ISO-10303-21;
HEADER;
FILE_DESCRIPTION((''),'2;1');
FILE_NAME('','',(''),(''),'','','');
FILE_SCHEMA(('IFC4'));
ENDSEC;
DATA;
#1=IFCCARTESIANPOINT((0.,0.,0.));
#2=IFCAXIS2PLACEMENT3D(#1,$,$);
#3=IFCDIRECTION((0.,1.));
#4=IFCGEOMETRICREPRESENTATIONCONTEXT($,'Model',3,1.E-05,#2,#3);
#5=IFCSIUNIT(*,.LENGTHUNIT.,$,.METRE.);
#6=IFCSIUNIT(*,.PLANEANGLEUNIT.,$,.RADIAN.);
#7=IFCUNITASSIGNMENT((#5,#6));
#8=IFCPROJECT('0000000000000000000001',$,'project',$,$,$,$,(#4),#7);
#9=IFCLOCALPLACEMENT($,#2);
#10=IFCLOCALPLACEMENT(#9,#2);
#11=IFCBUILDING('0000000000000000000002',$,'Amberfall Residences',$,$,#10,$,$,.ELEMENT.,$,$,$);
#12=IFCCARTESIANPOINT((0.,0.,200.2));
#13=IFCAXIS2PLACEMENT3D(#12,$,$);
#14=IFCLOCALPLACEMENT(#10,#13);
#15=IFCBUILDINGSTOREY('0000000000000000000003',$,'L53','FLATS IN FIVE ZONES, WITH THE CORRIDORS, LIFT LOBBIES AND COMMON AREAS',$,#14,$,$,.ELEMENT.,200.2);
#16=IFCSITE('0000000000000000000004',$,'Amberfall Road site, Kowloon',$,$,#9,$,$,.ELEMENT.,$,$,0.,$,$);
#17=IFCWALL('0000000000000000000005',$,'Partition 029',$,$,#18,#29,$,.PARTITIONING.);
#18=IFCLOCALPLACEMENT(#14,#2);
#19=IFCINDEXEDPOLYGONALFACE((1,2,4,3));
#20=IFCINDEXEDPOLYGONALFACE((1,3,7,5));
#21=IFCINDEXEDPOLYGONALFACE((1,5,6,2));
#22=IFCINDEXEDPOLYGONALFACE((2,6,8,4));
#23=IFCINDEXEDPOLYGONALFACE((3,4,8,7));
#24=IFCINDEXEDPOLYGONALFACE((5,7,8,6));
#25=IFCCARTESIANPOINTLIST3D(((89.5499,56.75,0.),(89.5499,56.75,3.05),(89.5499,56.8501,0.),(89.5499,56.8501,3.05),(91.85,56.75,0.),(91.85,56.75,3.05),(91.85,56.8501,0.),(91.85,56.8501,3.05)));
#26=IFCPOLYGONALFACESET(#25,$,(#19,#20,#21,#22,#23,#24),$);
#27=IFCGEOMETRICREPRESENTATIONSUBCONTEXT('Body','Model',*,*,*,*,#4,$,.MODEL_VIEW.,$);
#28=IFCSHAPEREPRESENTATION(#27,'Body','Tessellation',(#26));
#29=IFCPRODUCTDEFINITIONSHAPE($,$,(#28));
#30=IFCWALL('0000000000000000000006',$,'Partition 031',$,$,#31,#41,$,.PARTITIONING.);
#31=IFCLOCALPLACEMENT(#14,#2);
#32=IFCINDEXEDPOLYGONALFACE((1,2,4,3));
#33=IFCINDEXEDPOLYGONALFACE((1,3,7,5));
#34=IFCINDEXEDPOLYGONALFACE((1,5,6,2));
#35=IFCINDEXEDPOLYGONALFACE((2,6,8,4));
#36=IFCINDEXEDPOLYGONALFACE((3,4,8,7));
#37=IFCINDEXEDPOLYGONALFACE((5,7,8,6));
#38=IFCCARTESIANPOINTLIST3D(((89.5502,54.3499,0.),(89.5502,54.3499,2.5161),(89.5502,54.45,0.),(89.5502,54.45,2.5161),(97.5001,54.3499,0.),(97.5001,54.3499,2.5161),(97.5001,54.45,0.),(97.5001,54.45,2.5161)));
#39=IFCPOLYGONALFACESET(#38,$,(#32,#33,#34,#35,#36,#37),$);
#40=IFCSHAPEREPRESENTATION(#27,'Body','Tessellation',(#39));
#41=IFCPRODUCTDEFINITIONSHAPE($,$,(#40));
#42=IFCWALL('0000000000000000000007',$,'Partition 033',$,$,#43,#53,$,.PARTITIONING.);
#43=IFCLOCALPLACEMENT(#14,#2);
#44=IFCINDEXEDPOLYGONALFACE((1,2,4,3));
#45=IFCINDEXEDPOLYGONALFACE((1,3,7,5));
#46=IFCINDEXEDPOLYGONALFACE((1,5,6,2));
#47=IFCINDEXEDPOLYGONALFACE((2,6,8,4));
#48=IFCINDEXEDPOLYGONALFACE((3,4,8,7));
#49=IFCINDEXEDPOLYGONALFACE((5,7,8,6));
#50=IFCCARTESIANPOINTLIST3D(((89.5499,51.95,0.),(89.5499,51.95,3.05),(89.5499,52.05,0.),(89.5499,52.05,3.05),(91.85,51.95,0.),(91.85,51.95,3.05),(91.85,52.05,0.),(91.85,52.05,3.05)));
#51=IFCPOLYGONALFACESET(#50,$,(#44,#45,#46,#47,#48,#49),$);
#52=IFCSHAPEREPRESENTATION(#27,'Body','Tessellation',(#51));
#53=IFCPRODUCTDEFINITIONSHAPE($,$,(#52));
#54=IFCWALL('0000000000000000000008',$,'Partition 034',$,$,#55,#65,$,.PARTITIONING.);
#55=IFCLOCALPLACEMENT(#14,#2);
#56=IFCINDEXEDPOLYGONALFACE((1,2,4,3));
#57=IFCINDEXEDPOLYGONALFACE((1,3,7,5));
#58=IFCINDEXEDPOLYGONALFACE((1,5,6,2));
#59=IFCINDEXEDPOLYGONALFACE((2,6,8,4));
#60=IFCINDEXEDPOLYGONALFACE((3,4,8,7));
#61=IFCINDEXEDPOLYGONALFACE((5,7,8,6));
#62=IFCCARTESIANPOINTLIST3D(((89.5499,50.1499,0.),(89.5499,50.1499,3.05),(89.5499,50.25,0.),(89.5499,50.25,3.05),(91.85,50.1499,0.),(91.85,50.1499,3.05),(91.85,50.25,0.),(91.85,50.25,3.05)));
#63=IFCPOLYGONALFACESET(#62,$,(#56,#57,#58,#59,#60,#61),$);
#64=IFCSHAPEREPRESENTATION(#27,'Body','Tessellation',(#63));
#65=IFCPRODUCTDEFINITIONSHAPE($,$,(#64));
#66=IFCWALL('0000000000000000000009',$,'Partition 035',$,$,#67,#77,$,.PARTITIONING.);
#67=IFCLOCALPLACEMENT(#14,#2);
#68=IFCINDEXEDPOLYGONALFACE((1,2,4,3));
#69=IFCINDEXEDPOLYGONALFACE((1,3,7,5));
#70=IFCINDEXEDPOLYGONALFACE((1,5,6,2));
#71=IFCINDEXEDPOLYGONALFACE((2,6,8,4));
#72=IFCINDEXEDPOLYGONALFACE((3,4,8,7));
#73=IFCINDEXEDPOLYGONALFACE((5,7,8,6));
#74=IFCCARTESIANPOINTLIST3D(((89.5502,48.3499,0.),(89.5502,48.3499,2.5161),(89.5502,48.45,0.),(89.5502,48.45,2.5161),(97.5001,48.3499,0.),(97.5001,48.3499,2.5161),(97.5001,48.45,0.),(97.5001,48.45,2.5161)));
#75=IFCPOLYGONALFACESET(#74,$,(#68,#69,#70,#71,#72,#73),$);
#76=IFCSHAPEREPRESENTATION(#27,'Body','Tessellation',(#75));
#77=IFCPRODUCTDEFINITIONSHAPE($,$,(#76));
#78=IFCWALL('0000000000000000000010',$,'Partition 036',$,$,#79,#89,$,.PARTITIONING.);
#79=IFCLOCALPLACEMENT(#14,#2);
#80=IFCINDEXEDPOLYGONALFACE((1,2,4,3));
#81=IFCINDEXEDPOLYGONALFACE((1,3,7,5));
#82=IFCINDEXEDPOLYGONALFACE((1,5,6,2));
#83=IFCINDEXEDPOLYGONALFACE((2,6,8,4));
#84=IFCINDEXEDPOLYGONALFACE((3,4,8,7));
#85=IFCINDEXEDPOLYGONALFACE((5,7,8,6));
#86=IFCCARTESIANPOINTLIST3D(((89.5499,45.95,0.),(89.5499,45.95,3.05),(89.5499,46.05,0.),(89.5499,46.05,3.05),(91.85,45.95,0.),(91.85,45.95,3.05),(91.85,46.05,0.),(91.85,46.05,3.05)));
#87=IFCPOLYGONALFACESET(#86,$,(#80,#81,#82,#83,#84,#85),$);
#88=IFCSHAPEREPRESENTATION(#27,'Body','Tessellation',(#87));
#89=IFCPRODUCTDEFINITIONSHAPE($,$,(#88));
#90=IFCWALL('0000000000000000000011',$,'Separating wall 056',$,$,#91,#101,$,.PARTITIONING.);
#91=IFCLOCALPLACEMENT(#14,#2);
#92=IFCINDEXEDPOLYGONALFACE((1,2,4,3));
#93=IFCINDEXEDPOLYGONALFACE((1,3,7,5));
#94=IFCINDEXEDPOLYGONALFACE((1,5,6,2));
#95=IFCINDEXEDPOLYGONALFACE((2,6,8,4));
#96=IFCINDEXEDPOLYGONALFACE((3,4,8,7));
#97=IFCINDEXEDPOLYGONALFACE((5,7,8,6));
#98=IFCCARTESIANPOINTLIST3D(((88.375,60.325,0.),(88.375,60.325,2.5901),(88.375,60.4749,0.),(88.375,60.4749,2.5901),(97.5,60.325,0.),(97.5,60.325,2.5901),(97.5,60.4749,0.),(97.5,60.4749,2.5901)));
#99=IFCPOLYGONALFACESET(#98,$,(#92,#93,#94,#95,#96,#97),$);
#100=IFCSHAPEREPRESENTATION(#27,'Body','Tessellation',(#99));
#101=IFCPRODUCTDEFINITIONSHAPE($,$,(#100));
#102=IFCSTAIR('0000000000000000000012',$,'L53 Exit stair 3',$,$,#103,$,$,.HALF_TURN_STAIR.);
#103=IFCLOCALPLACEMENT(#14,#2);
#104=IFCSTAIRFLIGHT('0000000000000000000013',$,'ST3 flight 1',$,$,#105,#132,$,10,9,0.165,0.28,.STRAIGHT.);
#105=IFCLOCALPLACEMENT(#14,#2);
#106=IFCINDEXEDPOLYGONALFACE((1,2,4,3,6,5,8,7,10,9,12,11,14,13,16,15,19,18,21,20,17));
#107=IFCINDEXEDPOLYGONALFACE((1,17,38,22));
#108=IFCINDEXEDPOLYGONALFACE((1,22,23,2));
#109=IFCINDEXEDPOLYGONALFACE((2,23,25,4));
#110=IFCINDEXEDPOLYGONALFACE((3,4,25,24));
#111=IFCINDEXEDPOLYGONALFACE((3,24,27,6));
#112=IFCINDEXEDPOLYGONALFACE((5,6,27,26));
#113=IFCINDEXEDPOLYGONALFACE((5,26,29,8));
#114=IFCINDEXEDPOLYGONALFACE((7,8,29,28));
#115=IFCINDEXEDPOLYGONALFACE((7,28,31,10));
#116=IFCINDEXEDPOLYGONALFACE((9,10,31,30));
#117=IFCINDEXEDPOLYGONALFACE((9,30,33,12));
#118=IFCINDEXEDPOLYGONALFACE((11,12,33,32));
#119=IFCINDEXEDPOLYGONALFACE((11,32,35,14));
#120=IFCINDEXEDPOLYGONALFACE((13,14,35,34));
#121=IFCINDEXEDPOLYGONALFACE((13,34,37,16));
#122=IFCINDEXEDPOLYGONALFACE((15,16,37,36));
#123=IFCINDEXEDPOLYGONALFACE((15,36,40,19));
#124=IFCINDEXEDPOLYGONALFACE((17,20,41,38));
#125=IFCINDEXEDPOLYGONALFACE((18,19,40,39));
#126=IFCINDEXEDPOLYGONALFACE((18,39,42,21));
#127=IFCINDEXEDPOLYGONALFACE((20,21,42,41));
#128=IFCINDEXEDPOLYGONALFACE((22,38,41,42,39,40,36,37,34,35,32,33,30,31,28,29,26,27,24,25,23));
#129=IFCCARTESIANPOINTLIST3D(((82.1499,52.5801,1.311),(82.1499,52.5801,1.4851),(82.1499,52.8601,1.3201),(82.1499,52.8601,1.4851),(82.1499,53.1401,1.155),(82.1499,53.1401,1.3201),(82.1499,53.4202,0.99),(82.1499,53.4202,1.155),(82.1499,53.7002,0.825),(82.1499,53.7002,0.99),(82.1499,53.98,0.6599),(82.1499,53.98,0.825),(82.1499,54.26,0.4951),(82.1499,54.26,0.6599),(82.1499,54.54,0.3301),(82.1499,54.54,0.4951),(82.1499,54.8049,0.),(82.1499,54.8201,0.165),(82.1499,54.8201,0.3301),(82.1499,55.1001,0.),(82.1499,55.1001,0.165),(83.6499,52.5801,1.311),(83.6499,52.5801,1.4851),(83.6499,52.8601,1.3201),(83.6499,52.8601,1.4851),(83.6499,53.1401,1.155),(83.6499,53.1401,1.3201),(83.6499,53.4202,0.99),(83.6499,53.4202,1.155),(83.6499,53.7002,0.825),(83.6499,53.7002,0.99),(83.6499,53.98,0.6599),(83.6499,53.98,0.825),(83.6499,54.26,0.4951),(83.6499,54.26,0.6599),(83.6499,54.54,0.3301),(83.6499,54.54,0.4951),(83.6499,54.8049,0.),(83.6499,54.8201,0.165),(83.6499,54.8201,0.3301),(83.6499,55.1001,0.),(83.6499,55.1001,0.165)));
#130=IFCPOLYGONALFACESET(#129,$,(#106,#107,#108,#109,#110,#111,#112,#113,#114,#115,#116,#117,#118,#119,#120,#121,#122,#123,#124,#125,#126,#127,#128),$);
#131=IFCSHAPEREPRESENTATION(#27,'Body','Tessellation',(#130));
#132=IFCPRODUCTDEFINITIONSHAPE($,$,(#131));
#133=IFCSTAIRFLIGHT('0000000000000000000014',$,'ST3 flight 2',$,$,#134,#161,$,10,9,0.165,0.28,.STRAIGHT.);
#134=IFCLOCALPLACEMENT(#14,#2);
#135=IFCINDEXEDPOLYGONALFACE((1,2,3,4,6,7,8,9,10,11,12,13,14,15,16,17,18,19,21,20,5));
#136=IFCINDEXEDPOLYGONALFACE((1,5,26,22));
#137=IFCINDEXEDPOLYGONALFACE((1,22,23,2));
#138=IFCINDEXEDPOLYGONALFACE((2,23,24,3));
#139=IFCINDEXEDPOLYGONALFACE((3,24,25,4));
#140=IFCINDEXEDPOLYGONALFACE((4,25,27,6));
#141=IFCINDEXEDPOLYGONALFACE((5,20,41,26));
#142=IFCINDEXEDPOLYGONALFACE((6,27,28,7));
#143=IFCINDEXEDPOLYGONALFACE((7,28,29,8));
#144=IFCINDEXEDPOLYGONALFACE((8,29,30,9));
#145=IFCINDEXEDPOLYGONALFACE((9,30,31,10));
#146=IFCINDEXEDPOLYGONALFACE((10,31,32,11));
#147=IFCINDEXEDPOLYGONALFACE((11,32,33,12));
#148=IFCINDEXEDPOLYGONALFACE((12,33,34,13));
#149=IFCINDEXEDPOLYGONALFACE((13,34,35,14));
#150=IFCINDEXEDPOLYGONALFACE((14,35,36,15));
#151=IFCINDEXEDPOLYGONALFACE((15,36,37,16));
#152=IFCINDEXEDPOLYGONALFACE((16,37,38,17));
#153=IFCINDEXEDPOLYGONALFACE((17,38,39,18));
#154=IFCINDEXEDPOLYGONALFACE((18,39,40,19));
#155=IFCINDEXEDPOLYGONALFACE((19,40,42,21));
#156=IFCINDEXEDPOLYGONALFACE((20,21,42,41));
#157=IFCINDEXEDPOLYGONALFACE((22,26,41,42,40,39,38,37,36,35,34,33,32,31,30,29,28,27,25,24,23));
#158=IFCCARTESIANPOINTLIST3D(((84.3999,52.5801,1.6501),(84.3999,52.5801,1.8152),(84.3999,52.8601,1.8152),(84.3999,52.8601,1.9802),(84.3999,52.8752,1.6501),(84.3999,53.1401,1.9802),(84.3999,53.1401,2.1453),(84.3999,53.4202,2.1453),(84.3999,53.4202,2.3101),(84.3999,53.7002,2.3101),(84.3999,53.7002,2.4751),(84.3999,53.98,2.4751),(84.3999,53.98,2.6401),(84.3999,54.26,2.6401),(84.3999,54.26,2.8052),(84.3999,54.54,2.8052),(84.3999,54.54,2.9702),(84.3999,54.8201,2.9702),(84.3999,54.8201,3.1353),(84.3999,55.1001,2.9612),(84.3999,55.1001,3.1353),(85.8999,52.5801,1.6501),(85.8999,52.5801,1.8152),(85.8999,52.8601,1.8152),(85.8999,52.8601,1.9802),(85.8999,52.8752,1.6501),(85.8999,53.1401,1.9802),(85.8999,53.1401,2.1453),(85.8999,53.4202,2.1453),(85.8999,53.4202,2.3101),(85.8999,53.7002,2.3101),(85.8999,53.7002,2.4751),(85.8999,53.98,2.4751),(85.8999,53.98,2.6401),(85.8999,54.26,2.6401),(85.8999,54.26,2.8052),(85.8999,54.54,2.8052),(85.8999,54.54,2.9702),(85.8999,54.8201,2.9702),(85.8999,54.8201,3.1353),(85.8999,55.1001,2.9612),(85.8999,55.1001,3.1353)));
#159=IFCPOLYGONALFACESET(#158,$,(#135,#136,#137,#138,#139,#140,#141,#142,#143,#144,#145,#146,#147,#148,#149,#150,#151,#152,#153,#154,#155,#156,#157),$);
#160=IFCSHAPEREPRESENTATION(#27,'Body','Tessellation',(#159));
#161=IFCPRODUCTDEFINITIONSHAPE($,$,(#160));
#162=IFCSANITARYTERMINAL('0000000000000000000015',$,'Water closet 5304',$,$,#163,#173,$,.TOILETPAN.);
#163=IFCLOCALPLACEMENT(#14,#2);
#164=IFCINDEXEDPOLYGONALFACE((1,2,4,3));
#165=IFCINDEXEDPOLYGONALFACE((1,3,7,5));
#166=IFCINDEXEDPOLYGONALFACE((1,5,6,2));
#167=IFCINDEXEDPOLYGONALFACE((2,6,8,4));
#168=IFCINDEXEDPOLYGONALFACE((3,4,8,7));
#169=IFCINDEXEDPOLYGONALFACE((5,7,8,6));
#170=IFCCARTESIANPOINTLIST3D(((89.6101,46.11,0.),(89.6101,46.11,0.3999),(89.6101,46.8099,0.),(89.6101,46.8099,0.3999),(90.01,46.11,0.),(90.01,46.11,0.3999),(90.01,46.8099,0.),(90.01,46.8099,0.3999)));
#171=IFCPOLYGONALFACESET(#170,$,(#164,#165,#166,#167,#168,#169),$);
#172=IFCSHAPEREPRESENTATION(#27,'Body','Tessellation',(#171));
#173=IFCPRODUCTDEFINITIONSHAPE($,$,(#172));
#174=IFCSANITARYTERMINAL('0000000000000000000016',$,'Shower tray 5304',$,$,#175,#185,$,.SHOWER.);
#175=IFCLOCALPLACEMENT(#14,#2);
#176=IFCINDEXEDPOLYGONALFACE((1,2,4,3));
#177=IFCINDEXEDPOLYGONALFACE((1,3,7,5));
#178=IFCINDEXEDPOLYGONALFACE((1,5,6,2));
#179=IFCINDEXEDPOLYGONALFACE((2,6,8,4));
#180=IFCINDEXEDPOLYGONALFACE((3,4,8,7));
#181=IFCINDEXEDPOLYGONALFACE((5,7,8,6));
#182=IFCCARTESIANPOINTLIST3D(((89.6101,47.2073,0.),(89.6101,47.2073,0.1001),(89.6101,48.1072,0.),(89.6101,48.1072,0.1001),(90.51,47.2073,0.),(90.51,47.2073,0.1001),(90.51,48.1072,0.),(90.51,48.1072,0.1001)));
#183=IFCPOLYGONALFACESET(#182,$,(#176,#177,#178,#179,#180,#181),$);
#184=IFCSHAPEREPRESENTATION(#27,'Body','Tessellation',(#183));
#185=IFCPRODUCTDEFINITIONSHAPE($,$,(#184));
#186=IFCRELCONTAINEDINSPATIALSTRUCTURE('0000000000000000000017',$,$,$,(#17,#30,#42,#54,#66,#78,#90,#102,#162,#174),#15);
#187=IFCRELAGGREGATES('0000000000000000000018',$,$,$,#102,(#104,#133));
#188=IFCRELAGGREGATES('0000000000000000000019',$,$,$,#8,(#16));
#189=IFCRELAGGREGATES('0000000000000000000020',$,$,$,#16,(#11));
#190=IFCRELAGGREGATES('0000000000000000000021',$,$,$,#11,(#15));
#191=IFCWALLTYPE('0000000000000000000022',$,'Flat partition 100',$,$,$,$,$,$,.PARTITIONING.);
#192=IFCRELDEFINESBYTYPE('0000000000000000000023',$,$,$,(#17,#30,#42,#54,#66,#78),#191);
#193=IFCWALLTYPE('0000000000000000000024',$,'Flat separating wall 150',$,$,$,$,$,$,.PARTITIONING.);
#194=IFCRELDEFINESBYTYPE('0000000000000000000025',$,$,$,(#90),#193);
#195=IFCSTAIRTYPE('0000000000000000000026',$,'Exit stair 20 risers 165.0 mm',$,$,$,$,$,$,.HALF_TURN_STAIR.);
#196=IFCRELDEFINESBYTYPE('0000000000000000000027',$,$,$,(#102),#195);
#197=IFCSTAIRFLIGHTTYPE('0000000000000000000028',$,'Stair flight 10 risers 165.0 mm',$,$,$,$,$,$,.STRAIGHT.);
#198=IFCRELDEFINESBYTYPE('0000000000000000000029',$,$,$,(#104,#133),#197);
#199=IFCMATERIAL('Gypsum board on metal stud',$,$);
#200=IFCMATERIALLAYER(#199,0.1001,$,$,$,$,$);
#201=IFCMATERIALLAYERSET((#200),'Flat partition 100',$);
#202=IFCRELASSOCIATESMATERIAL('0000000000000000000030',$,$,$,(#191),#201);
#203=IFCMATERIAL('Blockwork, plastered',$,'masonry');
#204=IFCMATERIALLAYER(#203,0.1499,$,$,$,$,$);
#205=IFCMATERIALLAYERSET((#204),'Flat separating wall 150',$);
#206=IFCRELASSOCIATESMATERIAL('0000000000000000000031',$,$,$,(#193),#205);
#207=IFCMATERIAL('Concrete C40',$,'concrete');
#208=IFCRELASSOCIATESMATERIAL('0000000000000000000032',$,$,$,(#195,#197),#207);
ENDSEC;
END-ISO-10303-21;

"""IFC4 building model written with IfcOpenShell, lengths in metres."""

from ifc_helpers import new_model, si_unit, direction, frame, frame_2d, origin, origin_2d, place, context, subcontext, project, spatial, polyline, rectangle, outline, extrude, material, layer, layer_set, type_object, element, aggregate, save


model = new_model("IFC4")

# Units and contexts
model_context = context("Model", 3, precision=1e-05, world=origin(), true_north=direction((0.0, 1.0)))
body_context = subcontext(model_context, "Body", "Model", "MODEL_VIEW")
ifc_project = project(units=[si_unit("LENGTHUNIT", "METRE"), si_unit("PLANEANGLEUNIT", "RADIAN")], contexts=[model_context])

# Site, building, storey
site_placement = place(None, origin())
site = spatial("IfcSite", under=ifc_project, at=site_placement, Name="Amberfall Road site, Kowloon", CompositionType="ELEMENT", RefElevation=0.0)
building_placement = place(site_placement, origin())
building = spatial("IfcBuilding", under=site, at=building_placement, Name="Amberfall Residences", CompositionType="ELEMENT")
storey_placement = place(building_placement, frame((0.0, 0.0, 200.2)))
storey = spatial("IfcBuildingStorey", under=building, at=storey_placement, Name="L53", Description="FLATS IN FIVE ZONES, WITH THE CORRIDORS, LIFT LOBBIES AND COMMON AREAS", CompositionType="ELEMENT", Elevation=200.2)

# Shared definitions
ifc_material_1 = material(Name="Gypsum board on metal stud")
ifc_layer_1 = layer(ifc_material_1, 0.1001)
ifc_layer_set_1 = layer_set([ifc_layer_1], Name="Flat partition 100")
wall_type_1 = type_object("IfcWallType", Name="Flat partition 100", PredefinedType="PARTITIONING", material=ifc_layer_set_1)

# Walls
wall_1_placement = place(storey_placement, frame((89.55, 56.8, 0.0), z_axis=(0.0, 0.0, 1.0), x_axis=(1.0, 0.0, 0.0)))
element("IfcWall", 1, at=wall_1_placement, inside=storey, type_object=wall_type_1, Name="Partition 029", PredefinedType="PARTITIONING", context=body_context, shape_type="SweptSolid", body=[
    extrude(rectangle(XDim=2.3, YDim=0.1001, at=frame_2d((1.1499, 0.0))), origin(), (0.0, 0.0, 1.0), 3.05),
])
wall_2_placement = place(storey_placement, frame((89.55, 54.3999, 0.0), z_axis=(0.0, 0.0, 1.0), x_axis=(1.0, 0.0, 0.0)))
element("IfcWall", 2, at=wall_2_placement, inside=storey, type_object=wall_type_1, Name="Partition 031", PredefinedType="PARTITIONING", context=body_context, shape_type="SweptSolid", body=[
    extrude(rectangle(XDim=7.95, YDim=0.1001, at=frame_2d((3.9751, 0.0))), origin(), (0.0, 0.0, 1.0), 2.5161),
])
for number, where, z_axis, x_axis, name in (
    (3, (89.55, 52.0, 0.0), (0.0, 0.0, 1.0), (1.0, 0.0, 0.0), "Partition 033"),
    (4, (89.55, 50.2, 0.0), (0.0, 0.0, 1.0), (1.0, 0.0, 0.0), "Partition 034"),
):
    element("IfcWall", number, at=place(storey_placement, frame(where, z_axis=z_axis, x_axis=x_axis)), inside=storey, type_object=wall_type_1, Name=name, PredefinedType="PARTITIONING", context=body_context, shape_type="SweptSolid", body=[
        extrude(rectangle(XDim=2.3, YDim=0.1001, at=frame_2d((1.1499, 0.0))), origin(), (0.0, 0.0, 1.0), 3.05),
    ])
wall_3_placement = place(storey_placement, frame((89.55, 48.3999, 0.0), z_axis=(0.0, 0.0, 1.0), x_axis=(1.0, 0.0, 0.0)))
element("IfcWall", 5, at=wall_3_placement, inside=storey, type_object=wall_type_1, Name="Partition 035", PredefinedType="PARTITIONING", context=body_context, shape_type="SweptSolid", body=[
    extrude(rectangle(XDim=7.95, YDim=0.1001, at=frame_2d((3.9751, 0.0))), origin(), (0.0, 0.0, 1.0), 2.5161),
])
wall_4_placement = place(storey_placement, frame((89.55, 46.0, 0.0), z_axis=(0.0, 0.0, 1.0), x_axis=(1.0, 0.0, 0.0)))
element("IfcWall", 6, at=wall_4_placement, inside=storey, type_object=wall_type_1, Name="Partition 036", PredefinedType="PARTITIONING", context=body_context, shape_type="SweptSolid", body=[
    extrude(rectangle(XDim=2.3, YDim=0.1001, at=frame_2d((1.1499, 0.0))), origin(), (0.0, 0.0, 1.0), 3.05),
])
ifc_material_2 = material(Name="Blockwork, plastered", Category="masonry")
ifc_layer_2 = layer(ifc_material_2, 0.1499)
ifc_layer_set_2 = layer_set([ifc_layer_2], Name="Flat separating wall 150")
wall_type_2 = type_object("IfcWallType", Name="Flat separating wall 150", PredefinedType="PARTITIONING", material=ifc_layer_set_2)
wall_5_placement = place(storey_placement, frame((88.375, 60.3999, 0.0), z_axis=(0.0, 0.0, 1.0), x_axis=(1.0, 0.0, 0.0)))
element("IfcWall", 7, at=wall_5_placement, inside=storey, type_object=wall_type_2, Name="Separating wall 056", PredefinedType="PARTITIONING", context=body_context, shape_type="SweptSolid", body=[
    extrude(rectangle(XDim=9.125, YDim=0.1499, at=frame_2d((4.5625, 0.0))), origin(), (0.0, 0.0, 1.0), 2.5901),
])

# Stair, stair flights
ifc_material_3 = material(Name="Concrete C40", Category="concrete")
stair_type = type_object("IfcStairType", Name="Exit stair 20 risers 165.0 mm", PredefinedType="HALF_TURN_STAIR", material=ifc_material_3)
stair_placement = place(storey_placement, origin())
stair = element("IfcStair", 8, at=stair_placement, inside=storey, type_object=stair_type, Name="L53 Exit stair 3", PredefinedType="HALF_TURN_STAIR")
stair_flight_type = type_object("IfcStairFlightType", Name="Stair flight 10 risers 165.0 mm", PredefinedType="STRAIGHT", material=ifc_material_3)
stair_flight_1_placement = place(storey_placement, frame((82.8999, 55.1001, 0.0), z_axis=(0.0, 0.0, 1.0), x_axis=(0.0, -1.0, 0.0)))
stair_flight_1 = element("IfcStairFlight", 9, at=stair_flight_1_placement, type_object=stair_flight_type, Name="ST3 flight 1", NumberOfRisers=10, NumberOfTreads=9, PredefinedType="STRAIGHT", RiserHeight=0.165, TreadLength=0.28, context=body_context, shape_type="SweptSolid", body=[
    extrude(outline(polyline([(0.0, 0.0), (0.0, 0.165), (0.28, 0.165), (0.28, 0.3301), (0.5601, 0.3301), (0.5601, 0.4951), (0.8401, 0.4951), (0.8401, 0.6599), (1.1201, 0.6599), (1.1201, 0.825), (1.3999, 0.825), (1.3999, 0.99), (1.6799, 0.99), (1.6799, 1.155), (1.96, 1.155), (1.96, 1.3201), (2.24, 1.3201), (2.24, 1.4851), (2.52, 1.4851), (2.52, 1.6499), (2.52, 1.311), (0.2952, 0.0), (0.0, 0.0)])), frame((0.0, 0.75, 0.0), z_axis=(0.0, -1.0, 0.0), x_axis=(1.0, 0.0, 0.0)), (0.0, 0.0, 1.0), 1.5),
])
stair_flight_2_placement = place(storey_placement, frame((85.1499, 52.5801, 1.6501), z_axis=(0.0, 0.0, 1.0), x_axis=(0.0, 1.0, 0.0)))
stair_flight_2 = element("IfcStairFlight", 10, at=stair_flight_2_placement, type_object=stair_flight_type, Name="ST3 flight 2", NumberOfRisers=10, NumberOfTreads=9, PredefinedType="STRAIGHT", RiserHeight=0.165, TreadLength=0.28, context=body_context, shape_type="SweptSolid", body=[
    extrude(outline(polyline([(0.0, 0.0), (0.0, 0.165), (0.28, 0.165), (0.28, 0.3301), (0.5601, 0.3301), (0.5601, 0.4951), (0.8401, 0.4951), (0.8401, 0.6599), (1.1201, 0.6599), (1.1201, 0.825), (1.3999, 0.825), (1.3999, 0.99), (1.6799, 0.99), (1.6799, 1.155), (1.96, 1.155), (1.96, 1.3201), (2.24, 1.3201), (2.24, 1.4851), (2.52, 1.4851), (2.52, 1.6499), (2.52, 1.311), (0.2952, 0.0), (0.0, 0.0)])), frame((0.0, 0.75, 0.0), z_axis=(0.0, -1.0, 0.0), x_axis=(1.0, 0.0, 0.0)), (0.0, 0.0, 1.0), 1.5),
])
aggregate(stair, [stair_flight_1, stair_flight_2])

# Sanitary terminals
sanitary_terminal_1_placement = place(storey_placement, frame((89.8101, 46.46, 0.0), z_axis=(0.0, 0.0, 1.0), x_axis=(1.0, 0.0, 0.0)))
element("IfcSanitaryTerminal", 11, at=sanitary_terminal_1_placement, inside=storey, Name="Water closet 5304", PredefinedType="TOILETPAN", context=body_context, shape_type="SweptSolid", body=[
    extrude(rectangle(XDim=0.3999, YDim=0.7, at=origin_2d()), origin(), (0.0, 0.0, 1.0), 0.3999),
])
sanitary_terminal_2_placement = place(storey_placement, frame((90.0601, 47.6572, 0.0), z_axis=(0.0, 0.0, 1.0), x_axis=(1.0, 0.0, 0.0)))
element("IfcSanitaryTerminal", 12, at=sanitary_terminal_2_placement, inside=storey, Name="Shower tray 5304", PredefinedType="SHOWER", context=body_context, shape_type="SweptSolid", body=[
    extrude(rectangle(XDim=0.8999, YDim=0.8999, at=origin_2d()), origin(), (0.0, 0.0, 1.0), 0.1001),
])

save(model, "model.ifc")
